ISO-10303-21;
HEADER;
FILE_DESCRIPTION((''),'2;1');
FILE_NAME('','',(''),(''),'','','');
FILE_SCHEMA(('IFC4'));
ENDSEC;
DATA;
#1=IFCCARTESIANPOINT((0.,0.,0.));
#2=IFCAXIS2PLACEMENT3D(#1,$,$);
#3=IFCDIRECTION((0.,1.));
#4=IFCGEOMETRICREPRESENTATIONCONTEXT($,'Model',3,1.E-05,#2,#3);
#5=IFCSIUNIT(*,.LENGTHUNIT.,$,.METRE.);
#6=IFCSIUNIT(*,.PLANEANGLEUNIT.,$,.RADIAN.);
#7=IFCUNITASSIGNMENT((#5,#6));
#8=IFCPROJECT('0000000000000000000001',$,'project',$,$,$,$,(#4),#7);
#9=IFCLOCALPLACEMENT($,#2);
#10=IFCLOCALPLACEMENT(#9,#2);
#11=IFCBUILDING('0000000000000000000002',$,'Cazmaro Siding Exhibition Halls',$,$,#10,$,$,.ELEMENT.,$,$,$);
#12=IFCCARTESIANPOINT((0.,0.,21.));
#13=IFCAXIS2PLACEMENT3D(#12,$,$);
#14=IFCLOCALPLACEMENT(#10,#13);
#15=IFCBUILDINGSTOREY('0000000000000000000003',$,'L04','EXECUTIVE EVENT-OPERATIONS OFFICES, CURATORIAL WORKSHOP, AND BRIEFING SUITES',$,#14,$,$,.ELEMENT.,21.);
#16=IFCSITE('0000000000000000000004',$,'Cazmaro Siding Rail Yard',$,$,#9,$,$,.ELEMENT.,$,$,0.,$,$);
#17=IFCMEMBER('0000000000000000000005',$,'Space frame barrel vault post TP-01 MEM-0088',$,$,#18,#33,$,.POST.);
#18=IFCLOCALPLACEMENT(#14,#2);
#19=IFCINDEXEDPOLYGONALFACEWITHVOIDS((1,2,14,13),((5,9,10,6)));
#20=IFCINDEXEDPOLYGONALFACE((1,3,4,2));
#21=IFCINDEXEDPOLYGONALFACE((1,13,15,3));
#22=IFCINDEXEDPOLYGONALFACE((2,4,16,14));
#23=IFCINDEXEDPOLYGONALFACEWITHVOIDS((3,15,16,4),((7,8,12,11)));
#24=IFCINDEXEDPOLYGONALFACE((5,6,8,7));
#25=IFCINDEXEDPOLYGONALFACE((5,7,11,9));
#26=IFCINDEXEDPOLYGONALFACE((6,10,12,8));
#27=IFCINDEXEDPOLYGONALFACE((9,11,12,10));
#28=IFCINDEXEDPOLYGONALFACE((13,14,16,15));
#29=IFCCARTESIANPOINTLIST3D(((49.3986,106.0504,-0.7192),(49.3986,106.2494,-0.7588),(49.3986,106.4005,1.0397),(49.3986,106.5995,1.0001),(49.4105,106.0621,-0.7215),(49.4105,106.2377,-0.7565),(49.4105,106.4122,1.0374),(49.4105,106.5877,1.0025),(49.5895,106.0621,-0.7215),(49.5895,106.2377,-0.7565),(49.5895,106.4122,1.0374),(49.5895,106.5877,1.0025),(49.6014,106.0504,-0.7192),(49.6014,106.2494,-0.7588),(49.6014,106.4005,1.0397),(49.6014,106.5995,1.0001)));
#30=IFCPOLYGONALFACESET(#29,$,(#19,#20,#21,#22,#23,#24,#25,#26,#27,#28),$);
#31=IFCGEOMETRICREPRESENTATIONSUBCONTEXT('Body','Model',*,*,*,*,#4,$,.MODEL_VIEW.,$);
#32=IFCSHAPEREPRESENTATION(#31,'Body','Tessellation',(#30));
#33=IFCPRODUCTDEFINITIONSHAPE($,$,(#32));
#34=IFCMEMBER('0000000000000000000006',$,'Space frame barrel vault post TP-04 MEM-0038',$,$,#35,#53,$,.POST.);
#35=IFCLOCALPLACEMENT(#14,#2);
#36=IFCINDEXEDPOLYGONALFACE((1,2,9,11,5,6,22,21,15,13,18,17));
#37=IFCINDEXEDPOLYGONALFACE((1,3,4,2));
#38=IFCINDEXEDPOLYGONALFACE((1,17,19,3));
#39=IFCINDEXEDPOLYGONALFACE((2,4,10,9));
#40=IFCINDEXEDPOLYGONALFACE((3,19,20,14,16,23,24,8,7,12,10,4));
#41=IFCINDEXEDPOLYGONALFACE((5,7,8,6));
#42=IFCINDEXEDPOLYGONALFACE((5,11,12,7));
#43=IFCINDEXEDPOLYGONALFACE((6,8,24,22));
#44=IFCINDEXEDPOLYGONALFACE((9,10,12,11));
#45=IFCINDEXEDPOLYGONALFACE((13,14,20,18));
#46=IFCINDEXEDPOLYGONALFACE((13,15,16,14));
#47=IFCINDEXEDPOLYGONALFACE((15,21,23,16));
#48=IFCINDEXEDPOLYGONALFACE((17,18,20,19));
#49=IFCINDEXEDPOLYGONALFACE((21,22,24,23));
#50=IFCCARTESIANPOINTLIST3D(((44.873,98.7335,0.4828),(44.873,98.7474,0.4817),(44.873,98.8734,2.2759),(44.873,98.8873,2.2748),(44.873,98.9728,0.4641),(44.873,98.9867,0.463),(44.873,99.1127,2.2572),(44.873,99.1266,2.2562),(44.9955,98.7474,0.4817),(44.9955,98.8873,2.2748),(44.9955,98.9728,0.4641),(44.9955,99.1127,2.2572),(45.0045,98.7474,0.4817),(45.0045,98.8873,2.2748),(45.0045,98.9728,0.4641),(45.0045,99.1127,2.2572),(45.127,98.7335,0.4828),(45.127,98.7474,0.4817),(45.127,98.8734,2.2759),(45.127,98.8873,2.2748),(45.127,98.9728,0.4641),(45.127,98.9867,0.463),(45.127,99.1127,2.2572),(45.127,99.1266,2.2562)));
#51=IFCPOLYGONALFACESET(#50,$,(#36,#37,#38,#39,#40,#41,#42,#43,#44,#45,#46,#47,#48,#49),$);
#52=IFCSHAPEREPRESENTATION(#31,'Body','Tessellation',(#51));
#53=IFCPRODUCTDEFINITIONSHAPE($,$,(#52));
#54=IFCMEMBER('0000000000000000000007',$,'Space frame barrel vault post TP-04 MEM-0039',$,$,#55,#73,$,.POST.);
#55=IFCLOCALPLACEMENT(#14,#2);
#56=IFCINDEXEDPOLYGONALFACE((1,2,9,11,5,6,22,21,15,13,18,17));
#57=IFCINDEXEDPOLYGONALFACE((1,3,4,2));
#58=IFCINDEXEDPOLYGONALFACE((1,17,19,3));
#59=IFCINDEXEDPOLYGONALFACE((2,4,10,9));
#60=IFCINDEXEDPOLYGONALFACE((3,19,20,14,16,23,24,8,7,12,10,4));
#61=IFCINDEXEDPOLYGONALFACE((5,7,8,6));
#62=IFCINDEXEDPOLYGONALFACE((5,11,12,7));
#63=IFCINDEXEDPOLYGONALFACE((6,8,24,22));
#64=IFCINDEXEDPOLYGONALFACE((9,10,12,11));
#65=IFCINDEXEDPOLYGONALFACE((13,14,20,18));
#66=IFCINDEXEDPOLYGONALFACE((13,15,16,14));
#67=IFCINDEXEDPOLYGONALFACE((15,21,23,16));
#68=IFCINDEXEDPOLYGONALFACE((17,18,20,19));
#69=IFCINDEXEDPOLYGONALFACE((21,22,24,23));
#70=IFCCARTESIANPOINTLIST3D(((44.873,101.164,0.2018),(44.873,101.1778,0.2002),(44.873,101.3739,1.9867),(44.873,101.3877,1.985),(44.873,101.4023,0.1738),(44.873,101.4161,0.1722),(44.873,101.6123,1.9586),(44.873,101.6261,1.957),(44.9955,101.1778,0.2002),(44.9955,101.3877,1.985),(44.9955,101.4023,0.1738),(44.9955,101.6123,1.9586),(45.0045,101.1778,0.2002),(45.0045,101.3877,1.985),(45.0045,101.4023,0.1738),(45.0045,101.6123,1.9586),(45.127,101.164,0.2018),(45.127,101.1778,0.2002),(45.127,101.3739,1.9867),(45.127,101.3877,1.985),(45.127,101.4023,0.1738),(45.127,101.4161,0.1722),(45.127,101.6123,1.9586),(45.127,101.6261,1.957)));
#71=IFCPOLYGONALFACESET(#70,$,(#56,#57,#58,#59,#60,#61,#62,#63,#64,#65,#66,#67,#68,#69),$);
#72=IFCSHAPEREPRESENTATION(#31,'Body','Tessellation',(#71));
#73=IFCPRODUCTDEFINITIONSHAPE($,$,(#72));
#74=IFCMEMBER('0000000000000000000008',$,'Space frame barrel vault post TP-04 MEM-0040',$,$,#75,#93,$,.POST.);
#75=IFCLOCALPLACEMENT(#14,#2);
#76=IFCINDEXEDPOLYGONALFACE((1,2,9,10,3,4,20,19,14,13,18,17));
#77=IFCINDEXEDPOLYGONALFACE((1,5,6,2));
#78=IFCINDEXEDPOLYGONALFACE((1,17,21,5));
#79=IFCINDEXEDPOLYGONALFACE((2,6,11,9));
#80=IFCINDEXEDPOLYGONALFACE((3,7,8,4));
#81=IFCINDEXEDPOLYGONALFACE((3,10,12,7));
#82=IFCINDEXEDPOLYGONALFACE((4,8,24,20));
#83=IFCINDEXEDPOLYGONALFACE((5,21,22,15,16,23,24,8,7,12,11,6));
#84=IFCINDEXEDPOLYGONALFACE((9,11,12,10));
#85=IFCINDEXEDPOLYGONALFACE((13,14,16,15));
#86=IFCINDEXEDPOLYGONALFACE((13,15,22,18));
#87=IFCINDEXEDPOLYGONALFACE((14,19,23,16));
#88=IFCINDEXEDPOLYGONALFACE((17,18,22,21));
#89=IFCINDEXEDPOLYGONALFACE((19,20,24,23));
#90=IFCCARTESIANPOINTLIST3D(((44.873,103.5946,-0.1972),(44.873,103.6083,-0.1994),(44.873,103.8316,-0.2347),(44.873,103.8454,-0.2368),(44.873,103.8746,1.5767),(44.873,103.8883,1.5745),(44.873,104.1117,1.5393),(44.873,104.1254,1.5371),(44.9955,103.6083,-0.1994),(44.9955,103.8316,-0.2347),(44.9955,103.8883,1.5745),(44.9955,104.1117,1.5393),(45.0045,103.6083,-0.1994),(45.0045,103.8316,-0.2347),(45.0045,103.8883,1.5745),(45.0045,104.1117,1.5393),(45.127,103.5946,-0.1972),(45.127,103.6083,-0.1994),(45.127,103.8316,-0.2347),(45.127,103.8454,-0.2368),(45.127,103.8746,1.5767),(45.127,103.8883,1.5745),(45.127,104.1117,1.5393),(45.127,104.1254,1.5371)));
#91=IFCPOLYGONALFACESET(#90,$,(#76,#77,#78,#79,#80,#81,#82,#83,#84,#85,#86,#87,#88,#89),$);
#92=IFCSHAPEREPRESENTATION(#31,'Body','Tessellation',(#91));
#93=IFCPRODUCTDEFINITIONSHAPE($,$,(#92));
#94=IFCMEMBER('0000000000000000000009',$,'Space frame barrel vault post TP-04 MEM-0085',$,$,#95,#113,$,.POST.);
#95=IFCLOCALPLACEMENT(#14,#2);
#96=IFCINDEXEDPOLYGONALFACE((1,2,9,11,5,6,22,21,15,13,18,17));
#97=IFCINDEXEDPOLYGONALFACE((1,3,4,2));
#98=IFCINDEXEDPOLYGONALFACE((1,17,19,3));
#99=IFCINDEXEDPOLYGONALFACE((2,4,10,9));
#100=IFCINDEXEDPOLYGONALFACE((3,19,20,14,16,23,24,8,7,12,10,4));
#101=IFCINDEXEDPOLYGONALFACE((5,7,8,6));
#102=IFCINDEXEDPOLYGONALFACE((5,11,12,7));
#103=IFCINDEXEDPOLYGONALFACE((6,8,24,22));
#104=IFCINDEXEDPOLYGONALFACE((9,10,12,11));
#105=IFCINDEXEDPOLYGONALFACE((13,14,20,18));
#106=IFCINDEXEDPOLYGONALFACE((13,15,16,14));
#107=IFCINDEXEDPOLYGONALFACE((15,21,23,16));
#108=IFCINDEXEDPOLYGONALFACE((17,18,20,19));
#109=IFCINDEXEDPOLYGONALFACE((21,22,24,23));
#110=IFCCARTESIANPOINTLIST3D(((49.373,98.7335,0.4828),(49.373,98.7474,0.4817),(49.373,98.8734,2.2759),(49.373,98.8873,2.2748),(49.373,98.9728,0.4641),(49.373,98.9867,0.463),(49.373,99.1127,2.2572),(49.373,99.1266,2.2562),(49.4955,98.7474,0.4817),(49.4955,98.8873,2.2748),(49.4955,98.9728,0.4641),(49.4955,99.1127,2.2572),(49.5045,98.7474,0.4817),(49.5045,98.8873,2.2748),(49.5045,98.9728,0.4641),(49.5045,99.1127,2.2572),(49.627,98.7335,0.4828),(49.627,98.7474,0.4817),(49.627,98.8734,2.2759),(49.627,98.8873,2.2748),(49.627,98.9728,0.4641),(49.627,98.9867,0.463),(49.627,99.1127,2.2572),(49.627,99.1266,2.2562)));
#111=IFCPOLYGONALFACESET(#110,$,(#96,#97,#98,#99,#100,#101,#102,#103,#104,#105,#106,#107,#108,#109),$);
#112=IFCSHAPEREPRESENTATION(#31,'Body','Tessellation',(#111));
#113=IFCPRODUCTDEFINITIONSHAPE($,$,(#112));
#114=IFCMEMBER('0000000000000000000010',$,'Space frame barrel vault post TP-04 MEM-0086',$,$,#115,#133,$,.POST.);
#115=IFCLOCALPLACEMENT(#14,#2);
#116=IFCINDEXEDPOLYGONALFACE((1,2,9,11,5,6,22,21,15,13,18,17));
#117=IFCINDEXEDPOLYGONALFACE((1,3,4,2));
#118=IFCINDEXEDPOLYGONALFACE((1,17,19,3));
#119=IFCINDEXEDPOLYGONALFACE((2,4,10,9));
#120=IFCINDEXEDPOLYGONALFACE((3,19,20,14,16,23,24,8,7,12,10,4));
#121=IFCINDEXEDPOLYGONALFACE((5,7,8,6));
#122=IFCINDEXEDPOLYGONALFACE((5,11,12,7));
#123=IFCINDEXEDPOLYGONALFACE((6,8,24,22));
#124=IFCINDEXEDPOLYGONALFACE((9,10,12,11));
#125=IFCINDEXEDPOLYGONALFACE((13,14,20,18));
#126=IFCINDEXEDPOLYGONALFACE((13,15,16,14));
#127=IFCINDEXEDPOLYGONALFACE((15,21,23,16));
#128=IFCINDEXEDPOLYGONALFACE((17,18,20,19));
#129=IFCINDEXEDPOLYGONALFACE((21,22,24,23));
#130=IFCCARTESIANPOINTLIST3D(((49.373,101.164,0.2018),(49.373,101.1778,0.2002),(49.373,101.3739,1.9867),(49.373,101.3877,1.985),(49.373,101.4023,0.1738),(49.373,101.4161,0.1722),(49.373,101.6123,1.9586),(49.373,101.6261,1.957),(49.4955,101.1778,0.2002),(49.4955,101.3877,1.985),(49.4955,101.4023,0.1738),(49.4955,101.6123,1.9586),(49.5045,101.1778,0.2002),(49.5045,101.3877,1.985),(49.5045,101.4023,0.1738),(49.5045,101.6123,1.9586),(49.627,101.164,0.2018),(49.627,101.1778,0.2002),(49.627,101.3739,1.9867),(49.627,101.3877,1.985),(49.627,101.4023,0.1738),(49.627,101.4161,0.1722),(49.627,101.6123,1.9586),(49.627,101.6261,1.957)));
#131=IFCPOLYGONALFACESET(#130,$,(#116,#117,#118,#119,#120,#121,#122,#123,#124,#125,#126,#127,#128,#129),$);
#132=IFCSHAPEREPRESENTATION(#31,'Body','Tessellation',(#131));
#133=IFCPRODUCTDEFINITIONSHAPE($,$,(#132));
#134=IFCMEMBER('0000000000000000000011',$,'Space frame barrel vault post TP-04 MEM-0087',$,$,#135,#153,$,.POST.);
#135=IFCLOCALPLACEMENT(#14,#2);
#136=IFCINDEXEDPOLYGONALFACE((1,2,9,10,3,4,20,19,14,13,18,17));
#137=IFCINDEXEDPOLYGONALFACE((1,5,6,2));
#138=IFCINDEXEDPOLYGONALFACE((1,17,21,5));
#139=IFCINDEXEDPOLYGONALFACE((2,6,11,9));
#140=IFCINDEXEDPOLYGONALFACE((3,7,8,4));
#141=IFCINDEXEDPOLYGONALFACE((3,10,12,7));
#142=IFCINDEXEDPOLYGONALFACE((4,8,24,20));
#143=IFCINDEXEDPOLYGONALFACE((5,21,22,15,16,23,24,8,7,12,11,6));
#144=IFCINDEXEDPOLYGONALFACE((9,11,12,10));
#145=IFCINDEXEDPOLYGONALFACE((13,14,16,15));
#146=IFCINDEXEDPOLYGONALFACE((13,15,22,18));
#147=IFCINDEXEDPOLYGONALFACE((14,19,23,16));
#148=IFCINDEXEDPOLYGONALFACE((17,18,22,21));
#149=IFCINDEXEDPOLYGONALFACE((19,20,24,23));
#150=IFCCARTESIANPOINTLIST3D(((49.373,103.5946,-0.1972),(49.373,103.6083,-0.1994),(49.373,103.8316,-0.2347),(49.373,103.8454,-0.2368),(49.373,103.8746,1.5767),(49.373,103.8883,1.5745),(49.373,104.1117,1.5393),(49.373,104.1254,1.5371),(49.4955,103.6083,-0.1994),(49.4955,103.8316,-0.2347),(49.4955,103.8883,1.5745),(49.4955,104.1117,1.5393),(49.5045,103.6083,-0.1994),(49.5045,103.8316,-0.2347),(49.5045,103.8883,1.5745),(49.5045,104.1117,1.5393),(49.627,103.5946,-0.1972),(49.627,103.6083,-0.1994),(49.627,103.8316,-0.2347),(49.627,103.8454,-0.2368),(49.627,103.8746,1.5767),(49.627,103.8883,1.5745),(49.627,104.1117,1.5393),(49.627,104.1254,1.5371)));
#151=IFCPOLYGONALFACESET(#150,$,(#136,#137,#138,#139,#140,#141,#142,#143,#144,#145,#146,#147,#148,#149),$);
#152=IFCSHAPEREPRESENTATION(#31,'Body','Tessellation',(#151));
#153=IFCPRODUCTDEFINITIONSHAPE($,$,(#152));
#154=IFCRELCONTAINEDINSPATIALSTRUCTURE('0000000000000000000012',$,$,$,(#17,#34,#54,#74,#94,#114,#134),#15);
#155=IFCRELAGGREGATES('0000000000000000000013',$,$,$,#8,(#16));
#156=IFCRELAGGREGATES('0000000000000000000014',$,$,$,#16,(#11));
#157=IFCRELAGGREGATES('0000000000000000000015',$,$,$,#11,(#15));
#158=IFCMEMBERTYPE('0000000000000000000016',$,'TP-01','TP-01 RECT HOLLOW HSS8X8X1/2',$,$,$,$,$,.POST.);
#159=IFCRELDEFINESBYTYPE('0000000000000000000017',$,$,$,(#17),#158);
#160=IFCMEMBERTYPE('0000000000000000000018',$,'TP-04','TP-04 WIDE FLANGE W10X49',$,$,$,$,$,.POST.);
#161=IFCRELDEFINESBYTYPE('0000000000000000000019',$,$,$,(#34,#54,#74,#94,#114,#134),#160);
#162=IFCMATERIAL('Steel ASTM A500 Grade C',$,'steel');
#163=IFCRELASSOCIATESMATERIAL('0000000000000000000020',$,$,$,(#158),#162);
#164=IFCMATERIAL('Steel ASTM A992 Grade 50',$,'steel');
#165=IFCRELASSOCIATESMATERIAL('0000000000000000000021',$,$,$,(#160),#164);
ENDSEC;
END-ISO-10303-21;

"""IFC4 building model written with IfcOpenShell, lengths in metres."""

from ifc_helpers import new_model, si_unit, direction, frame, origin, origin_2d, place, context, subcontext, project, spatial, hollow_rectangle, i_section, extrude, material, material_profile, profile_set, type_object, element, save


model = new_model("IFC4")

# Units and contexts
model_context = context("Model", 3, precision=1e-05, world=origin(), true_north=direction((0.0, 1.0)))
body_context = subcontext(model_context, "Body", "Model", "MODEL_VIEW")
ifc_project = project(units=[si_unit("LENGTHUNIT", "METRE"), si_unit("PLANEANGLEUNIT", "RADIAN")], contexts=[model_context])

# Site, building, storey
site_placement = place(None, origin())
site = spatial("IfcSite", under=ifc_project, at=site_placement, Name="Cazmaro Siding Rail Yard", CompositionType="ELEMENT", RefElevation=0.0)
building_placement = place(site_placement, origin())
building = spatial("IfcBuilding", under=site, at=building_placement, Name="Cazmaro Siding Exhibition Halls", CompositionType="ELEMENT")
storey_placement = place(building_placement, frame((0.0, 0.0, 21.0)))
storey = spatial("IfcBuildingStorey", under=building, at=storey_placement, Name="L04", Description="EXECUTIVE EVENT-OPERATIONS OFFICES, CURATORIAL WORKSHOP, AND BRIEFING SUITES", CompositionType="ELEMENT", Elevation=21.0)

# Members
ifc_material_1 = material(Name="Steel ASTM A500 Grade C", Category="steel")
ifc_material_profile_1 = material_profile(ifc_material_1, hollow_rectangle(XDim=0.2029, YDim=0.2029, WallThickness=0.012, at=origin_2d()), Name="HSS8X8X1/2")
ifc_profile_set_1 = profile_set([ifc_material_profile_1], Name="Steel ASTM A500 Grade C")
member_type_1 = type_object("IfcMemberType", Name="TP-01", Description="TP-01 RECT HOLLOW HSS8X8X1/2", PredefinedType="POST", material=ifc_profile_set_1)
for number, where, z_axis, x_axis, name in (
    (1, (49.5, 106.1499, -0.739), (0.0, 0.1952, 0.980763), (-1.0, 0.0, 0.0), "Space frame barrel vault post TP-01 MEM-0088"),
):
    element("IfcMember", number, at=place(storey_placement, frame(where, z_axis=z_axis, x_axis=x_axis)), inside=storey, type_object=member_type_1, Name=name, PredefinedType="POST", context=body_context, shape_type="SweptSolid", body=[
        extrude(hollow_rectangle(XDim=0.2029, YDim=0.2029, WallThickness=0.012, at=origin_2d()), origin(), (0.0, 0.0, 1.0), 1.7935),
    ])
ifc_material_2 = material(Name="Steel ASTM A992 Grade 50", Category="steel")
ifc_material_profile_2 = material_profile(ifc_material_2, i_section(OverallWidth=0.2539, OverallDepth=0.2539, WebThickness=0.009, FlangeThickness=0.0139, at=origin_2d()), Name="W10X49")
ifc_profile_set_2 = profile_set([ifc_material_profile_2], Name="Steel ASTM A992 Grade 50")
member_type_2 = type_object("IfcMemberType", Name="TP-04", Description="TP-04 WIDE FLANGE W10X49", PredefinedType="POST", material=ifc_profile_set_2)
member_1_placement = place(storey_placement, frame((45.0, 98.8601, 0.4729), z_axis=(0.0, 0.077776, 0.996971), x_axis=(-1.0, 0.0, 0.0)))
element("IfcMember", 2, at=member_1_placement, inside=storey, type_object=member_type_2, Name="Space frame barrel vault post TP-04 MEM-0038", PredefinedType="POST", context=body_context, shape_type="SweptSolid", body=[
    extrude(i_section(OverallWidth=0.2539, OverallDepth=0.2539, WebThickness=0.009, FlangeThickness=0.0139, at=origin_2d()), origin(), (0.0, 0.0, 1.0), 1.7986),
])
member_2_placement = place(storey_placement, frame((45.0, 101.29, 0.187), z_axis=(0.0, 0.116825, 0.993152), x_axis=(-1.0, 0.0, 0.0)))
element("IfcMember", 3, at=member_2_placement, inside=storey, type_object=member_type_2, Name="Space frame barrel vault post TP-04 MEM-0039", PredefinedType="POST", context=body_context, shape_type="SweptSolid", body=[
    extrude(i_section(OverallWidth=0.2539, OverallDepth=0.2539, WebThickness=0.009, FlangeThickness=0.0139, at=origin_2d()), origin(), (0.0, 0.0, 1.0), 1.7971),
])
member_3_placement = place(storey_placement, frame((45.0, 103.72, -0.217), z_axis=(0.0, 0.155928, 0.987768), x_axis=(-1.0, 0.0, 0.0)))
element("IfcMember", 4, at=member_3_placement, inside=storey, type_object=member_type_2, Name="Space frame barrel vault post TP-04 MEM-0040", PredefinedType="POST", context=body_context, shape_type="SweptSolid", body=[
    extrude(i_section(OverallWidth=0.2539, OverallDepth=0.2539, WebThickness=0.009, FlangeThickness=0.0139, at=origin_2d()), origin(), (0.0, 0.0, 1.0), 1.7959),
])
member_4_placement = place(storey_placement, frame((49.5, 98.8601, 0.4729), z_axis=(0.0, 0.077776, 0.996971), x_axis=(-1.0, 0.0, 0.0)))
element("IfcMember", 5, at=member_4_placement, inside=storey, type_object=member_type_2, Name="Space frame barrel vault post TP-04 MEM-0085", PredefinedType="POST", context=body_context, shape_type="SweptSolid", body=[
    extrude(i_section(OverallWidth=0.2539, OverallDepth=0.2539, WebThickness=0.009, FlangeThickness=0.0139, at=origin_2d()), origin(), (0.0, 0.0, 1.0), 1.7986),
])
member_5_placement = place(storey_placement, frame((49.5, 101.29, 0.187), z_axis=(0.0, 0.116825, 0.993152), x_axis=(-1.0, 0.0, 0.0)))
element("IfcMember", 6, at=member_5_placement, inside=storey, type_object=member_type_2, Name="Space frame barrel vault post TP-04 MEM-0086", PredefinedType="POST", context=body_context, shape_type="SweptSolid", body=[
    extrude(i_section(OverallWidth=0.2539, OverallDepth=0.2539, WebThickness=0.009, FlangeThickness=0.0139, at=origin_2d()), origin(), (0.0, 0.0, 1.0), 1.7971),
])
member_6_placement = place(storey_placement, frame((49.5, 103.72, -0.217), z_axis=(0.0, 0.155928, 0.987768), x_axis=(-1.0, 0.0, 0.0)))
element("IfcMember", 7, at=member_6_placement, inside=storey, type_object=member_type_2, Name="Space frame barrel vault post TP-04 MEM-0087", PredefinedType="POST", context=body_context, shape_type="SweptSolid", body=[
    extrude(i_section(OverallWidth=0.2539, OverallDepth=0.2539, WebThickness=0.009, FlangeThickness=0.0139, at=origin_2d()), origin(), (0.0, 0.0, 1.0), 1.7959),
])

save(model, "model.ifc")
